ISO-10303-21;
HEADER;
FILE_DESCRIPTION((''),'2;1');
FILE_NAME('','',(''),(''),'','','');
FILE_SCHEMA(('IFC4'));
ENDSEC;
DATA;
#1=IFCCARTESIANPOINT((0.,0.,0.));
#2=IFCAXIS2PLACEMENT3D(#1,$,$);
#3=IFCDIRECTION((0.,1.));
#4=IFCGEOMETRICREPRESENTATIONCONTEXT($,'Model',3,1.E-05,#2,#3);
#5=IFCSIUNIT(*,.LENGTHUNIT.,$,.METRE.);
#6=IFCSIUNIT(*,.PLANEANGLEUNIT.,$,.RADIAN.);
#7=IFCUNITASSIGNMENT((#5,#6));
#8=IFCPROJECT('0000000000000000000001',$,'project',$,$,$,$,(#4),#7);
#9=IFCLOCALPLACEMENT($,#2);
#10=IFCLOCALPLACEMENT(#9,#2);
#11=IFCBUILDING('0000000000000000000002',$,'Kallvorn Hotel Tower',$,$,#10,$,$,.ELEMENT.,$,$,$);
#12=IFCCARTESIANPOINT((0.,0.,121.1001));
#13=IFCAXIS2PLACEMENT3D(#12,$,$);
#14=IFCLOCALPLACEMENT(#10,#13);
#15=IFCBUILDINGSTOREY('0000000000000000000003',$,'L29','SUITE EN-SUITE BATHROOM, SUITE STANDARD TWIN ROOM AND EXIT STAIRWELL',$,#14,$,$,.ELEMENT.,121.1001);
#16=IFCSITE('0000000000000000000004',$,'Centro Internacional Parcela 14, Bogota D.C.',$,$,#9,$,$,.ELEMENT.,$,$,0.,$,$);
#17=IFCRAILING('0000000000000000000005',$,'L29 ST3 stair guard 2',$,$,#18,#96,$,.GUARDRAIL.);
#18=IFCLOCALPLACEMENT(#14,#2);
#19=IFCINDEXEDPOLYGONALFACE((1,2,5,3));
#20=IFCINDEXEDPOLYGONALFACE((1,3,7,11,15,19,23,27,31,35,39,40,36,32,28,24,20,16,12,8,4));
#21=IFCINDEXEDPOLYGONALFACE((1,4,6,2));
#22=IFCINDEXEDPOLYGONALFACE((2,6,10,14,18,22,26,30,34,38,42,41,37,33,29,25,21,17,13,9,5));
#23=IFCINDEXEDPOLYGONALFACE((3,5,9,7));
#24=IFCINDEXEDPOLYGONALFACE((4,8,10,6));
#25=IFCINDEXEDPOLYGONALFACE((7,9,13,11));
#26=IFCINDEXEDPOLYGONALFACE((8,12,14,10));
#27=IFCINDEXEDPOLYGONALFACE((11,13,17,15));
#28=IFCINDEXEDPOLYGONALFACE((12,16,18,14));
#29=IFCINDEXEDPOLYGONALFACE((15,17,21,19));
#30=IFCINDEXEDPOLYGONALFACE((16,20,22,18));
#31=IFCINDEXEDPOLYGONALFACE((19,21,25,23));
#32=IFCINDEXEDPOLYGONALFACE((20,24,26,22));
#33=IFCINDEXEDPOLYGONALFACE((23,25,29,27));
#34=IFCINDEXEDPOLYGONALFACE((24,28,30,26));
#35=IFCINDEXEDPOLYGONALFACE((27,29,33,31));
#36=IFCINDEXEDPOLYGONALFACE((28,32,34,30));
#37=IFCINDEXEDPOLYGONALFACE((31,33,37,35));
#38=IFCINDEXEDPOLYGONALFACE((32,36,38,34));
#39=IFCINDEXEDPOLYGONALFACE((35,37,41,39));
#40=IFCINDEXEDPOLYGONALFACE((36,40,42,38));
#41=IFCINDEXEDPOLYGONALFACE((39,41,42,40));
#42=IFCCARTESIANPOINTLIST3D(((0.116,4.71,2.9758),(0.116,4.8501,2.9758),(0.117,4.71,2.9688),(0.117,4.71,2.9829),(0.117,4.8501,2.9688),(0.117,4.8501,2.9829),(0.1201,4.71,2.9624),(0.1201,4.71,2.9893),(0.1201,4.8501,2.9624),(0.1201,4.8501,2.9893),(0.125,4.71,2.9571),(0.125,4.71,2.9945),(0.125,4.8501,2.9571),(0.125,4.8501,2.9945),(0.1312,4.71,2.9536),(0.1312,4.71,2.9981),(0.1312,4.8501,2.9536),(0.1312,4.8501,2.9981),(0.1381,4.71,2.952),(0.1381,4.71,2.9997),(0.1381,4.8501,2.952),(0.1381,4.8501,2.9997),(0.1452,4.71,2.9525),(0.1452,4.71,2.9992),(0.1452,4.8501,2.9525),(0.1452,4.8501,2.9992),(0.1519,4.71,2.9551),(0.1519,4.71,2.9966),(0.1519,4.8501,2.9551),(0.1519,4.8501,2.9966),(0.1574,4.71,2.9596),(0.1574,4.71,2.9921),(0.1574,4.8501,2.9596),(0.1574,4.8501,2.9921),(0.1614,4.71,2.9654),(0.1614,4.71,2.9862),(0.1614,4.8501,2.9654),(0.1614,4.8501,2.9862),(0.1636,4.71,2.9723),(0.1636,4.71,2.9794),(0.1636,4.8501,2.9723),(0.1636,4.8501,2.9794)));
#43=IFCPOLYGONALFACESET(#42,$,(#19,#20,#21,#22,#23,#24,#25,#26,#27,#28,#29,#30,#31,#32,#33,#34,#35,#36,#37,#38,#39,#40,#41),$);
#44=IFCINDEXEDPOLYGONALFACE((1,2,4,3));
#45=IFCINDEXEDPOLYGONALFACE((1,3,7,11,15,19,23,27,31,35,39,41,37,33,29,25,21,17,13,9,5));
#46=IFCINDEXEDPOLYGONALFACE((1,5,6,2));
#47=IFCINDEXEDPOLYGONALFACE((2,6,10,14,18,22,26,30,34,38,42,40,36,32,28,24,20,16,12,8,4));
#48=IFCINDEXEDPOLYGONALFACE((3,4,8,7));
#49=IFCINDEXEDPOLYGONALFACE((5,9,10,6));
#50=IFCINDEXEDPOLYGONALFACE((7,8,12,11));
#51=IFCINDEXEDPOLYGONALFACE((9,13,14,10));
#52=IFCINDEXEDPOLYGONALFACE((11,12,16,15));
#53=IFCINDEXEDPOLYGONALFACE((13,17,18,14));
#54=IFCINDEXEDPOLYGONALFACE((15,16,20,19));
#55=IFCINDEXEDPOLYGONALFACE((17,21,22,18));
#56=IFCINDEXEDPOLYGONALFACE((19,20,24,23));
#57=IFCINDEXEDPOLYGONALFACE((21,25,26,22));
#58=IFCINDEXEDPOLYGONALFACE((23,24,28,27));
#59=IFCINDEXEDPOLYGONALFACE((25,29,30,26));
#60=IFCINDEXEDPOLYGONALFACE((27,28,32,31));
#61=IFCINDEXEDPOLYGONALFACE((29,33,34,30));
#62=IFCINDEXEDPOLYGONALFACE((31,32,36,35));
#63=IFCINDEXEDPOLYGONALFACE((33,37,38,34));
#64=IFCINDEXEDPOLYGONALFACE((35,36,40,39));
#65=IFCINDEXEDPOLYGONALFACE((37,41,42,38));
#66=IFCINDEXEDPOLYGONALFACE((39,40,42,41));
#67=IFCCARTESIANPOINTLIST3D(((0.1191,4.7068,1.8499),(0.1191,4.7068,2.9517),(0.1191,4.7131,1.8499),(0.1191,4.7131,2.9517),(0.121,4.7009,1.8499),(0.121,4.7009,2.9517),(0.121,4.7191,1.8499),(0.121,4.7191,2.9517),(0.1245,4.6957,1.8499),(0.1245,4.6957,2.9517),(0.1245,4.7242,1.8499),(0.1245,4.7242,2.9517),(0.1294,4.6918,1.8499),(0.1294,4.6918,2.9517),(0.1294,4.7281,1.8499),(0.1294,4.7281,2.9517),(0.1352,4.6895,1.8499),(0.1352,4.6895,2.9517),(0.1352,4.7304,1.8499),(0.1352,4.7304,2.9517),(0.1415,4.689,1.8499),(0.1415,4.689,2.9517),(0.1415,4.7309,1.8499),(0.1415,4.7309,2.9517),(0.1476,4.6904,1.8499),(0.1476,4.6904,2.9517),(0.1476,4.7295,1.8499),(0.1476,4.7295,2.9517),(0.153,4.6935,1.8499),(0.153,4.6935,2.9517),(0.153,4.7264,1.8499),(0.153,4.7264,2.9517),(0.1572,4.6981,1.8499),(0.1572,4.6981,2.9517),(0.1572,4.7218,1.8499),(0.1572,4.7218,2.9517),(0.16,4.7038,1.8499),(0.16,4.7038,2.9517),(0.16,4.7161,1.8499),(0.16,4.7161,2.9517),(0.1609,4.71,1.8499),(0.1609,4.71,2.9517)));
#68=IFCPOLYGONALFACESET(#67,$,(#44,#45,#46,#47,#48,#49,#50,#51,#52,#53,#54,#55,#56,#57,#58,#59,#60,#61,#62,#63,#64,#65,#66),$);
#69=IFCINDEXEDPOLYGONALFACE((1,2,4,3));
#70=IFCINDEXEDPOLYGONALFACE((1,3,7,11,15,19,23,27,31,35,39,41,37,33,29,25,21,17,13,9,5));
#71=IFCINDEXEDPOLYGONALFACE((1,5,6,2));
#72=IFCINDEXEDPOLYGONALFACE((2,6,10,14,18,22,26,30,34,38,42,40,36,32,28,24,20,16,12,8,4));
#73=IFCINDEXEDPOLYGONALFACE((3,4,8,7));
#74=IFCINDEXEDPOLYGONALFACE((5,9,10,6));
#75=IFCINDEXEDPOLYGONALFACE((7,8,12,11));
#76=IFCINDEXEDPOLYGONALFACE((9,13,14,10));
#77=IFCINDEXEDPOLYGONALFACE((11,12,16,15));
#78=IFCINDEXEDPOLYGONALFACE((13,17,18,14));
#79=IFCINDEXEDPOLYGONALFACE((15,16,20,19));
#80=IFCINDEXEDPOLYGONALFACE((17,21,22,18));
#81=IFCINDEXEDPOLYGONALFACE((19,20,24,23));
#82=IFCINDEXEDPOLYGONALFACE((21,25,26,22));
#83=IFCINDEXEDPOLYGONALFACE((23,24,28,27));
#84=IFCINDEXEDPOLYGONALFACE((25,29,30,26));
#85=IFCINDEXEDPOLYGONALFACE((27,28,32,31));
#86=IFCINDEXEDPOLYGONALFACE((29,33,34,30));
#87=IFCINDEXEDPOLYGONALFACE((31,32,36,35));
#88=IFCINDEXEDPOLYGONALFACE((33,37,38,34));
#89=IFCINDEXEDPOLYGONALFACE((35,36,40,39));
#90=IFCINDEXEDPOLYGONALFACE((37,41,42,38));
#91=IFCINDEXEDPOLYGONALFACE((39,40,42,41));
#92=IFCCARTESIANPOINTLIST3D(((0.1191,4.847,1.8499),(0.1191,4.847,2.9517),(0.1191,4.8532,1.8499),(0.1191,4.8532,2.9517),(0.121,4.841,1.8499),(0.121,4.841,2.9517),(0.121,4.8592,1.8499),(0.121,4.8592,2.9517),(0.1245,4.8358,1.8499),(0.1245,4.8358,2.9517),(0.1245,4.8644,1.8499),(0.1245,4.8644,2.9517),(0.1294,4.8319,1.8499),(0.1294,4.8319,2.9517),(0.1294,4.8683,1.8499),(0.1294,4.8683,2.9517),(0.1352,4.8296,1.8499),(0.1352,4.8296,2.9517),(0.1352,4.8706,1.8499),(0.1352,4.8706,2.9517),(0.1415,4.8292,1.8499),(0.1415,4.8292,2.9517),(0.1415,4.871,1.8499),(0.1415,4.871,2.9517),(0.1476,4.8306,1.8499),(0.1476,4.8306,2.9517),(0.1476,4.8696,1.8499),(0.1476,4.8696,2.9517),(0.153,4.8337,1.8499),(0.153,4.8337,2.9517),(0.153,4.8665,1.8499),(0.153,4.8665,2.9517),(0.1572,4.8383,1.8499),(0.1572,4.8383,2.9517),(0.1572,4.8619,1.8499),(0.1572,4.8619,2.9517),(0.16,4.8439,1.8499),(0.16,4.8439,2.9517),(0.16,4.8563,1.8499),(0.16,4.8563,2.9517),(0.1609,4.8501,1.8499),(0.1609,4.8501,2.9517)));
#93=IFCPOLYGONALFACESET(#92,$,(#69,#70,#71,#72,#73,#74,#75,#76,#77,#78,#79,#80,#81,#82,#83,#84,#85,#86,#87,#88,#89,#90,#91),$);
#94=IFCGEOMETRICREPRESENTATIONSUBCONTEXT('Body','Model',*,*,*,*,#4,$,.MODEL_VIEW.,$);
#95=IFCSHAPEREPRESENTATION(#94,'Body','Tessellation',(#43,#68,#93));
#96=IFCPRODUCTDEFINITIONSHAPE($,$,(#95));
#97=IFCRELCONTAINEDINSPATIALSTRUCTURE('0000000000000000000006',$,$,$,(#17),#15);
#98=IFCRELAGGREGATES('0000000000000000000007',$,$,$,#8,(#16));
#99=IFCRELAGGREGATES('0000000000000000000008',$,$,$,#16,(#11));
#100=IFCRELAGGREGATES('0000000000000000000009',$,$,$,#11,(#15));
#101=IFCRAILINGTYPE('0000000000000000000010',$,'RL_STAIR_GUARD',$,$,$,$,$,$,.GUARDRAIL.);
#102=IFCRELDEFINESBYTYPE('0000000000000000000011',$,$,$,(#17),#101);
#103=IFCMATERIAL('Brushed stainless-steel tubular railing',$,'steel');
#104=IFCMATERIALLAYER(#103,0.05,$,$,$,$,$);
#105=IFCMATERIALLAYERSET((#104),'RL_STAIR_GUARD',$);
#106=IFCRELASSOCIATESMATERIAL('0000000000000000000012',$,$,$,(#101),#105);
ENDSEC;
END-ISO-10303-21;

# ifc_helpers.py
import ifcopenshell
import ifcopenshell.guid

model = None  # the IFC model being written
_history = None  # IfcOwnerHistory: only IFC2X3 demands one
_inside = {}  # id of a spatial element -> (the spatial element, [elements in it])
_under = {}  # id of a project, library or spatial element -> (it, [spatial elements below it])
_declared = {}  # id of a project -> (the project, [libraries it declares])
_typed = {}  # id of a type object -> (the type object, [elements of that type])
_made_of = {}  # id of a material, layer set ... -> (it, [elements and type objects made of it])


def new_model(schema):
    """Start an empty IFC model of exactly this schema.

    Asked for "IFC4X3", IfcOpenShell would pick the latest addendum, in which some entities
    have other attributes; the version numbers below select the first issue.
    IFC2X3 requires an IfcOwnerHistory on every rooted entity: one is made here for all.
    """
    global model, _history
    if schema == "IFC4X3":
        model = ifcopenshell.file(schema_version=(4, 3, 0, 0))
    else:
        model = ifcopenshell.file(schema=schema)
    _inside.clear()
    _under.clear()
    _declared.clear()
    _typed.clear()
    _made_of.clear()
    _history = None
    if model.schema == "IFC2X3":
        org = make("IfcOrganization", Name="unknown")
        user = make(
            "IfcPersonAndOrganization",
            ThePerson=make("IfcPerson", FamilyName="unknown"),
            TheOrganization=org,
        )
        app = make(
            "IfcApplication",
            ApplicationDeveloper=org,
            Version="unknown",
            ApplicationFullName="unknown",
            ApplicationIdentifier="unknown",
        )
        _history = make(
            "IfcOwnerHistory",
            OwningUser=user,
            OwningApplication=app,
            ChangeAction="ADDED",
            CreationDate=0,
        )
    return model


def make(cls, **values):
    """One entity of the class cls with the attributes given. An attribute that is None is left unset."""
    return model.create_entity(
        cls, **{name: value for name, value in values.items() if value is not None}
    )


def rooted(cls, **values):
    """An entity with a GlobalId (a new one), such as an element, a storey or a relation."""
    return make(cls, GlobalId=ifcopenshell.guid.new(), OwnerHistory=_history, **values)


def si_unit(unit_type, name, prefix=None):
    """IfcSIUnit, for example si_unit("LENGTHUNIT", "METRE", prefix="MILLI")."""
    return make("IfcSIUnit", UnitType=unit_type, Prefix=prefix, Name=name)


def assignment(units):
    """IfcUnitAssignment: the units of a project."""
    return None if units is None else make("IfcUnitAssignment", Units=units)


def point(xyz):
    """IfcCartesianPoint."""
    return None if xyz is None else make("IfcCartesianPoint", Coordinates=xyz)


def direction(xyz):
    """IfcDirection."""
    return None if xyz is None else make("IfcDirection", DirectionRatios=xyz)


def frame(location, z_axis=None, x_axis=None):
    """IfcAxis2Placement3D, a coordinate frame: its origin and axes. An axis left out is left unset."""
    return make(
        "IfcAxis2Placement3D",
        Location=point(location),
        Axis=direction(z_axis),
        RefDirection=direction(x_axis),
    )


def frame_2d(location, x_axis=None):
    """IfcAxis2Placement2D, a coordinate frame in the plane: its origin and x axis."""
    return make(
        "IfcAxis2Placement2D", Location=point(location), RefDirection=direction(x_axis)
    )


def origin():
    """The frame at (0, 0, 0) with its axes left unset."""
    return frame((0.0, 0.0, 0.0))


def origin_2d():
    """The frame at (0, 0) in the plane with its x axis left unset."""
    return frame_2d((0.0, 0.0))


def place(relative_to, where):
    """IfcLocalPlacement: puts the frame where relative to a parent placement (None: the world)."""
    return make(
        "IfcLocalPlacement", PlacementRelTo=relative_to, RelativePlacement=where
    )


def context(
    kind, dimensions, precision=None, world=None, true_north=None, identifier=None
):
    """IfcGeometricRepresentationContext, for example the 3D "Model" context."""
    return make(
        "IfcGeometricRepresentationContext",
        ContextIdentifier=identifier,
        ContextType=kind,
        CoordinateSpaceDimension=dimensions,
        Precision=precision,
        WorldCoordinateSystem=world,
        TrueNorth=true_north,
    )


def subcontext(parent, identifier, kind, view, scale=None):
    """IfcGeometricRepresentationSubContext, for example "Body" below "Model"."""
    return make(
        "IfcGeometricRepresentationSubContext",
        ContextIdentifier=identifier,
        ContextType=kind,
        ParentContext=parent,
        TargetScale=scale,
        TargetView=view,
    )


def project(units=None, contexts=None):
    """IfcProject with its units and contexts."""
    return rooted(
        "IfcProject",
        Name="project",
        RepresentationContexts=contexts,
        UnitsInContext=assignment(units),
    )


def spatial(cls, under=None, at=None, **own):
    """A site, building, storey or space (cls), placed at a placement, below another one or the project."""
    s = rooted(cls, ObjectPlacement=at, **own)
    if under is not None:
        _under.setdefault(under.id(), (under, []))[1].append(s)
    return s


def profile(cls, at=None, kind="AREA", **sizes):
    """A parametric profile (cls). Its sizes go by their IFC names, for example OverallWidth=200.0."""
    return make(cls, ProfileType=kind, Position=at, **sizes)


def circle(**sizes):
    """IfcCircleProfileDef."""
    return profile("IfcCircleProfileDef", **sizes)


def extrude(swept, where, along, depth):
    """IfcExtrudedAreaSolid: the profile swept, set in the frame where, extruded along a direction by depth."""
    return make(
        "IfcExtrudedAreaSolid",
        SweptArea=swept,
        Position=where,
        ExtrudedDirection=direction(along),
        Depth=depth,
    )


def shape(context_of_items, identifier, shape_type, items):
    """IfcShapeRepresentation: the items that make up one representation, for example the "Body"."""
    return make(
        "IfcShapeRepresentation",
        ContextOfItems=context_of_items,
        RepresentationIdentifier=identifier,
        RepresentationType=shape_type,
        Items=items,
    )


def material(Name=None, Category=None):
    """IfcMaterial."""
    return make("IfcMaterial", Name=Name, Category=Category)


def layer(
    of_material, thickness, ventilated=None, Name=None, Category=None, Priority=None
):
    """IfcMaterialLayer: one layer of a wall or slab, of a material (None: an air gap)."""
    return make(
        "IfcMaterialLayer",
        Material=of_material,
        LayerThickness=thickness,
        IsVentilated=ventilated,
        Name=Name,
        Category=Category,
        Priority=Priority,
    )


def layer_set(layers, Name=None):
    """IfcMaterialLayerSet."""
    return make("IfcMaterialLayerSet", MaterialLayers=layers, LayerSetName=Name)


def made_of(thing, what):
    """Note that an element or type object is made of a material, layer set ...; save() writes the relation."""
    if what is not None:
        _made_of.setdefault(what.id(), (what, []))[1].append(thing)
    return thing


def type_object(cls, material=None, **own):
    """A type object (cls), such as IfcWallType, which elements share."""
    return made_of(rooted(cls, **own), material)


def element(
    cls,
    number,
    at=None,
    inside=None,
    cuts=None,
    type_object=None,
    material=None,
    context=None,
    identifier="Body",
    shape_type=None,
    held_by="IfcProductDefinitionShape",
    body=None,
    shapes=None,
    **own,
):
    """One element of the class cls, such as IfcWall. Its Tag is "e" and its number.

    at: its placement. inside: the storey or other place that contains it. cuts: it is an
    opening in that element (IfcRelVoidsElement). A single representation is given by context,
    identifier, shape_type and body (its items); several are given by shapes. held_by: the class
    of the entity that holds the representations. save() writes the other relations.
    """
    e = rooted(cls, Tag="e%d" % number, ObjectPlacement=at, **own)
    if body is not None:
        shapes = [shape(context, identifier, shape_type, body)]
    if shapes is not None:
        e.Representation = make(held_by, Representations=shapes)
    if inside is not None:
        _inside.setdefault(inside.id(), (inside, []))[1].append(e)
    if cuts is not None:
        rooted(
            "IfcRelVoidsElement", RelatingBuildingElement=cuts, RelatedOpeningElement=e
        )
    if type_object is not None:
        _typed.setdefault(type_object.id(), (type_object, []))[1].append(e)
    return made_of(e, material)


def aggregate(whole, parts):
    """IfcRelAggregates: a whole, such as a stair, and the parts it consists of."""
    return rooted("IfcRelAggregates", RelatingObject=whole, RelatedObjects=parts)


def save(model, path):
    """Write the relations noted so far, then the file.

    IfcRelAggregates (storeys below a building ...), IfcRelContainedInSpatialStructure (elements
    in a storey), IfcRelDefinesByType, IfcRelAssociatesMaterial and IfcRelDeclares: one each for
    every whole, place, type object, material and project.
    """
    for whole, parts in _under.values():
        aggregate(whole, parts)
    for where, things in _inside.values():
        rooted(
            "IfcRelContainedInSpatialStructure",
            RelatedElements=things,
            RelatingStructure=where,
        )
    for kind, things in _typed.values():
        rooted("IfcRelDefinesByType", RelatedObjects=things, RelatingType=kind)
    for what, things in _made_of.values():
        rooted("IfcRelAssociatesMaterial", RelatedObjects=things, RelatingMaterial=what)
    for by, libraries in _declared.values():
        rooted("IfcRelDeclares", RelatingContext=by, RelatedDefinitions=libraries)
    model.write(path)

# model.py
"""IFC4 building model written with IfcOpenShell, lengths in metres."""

from ifc_helpers import new_model, si_unit, direction, frame, origin, origin_2d, place, context, subcontext, project, spatial, circle, extrude, material, layer, layer_set, type_object, element, save


model = new_model("IFC4")

# Units and contexts
model_context = context("Model", 3, precision=1e-05, world=origin(), true_north=direction((0.0, 1.0)))
body_context = subcontext(model_context, "Body", "Model", "MODEL_VIEW")
ifc_project = project(units=[si_unit("LENGTHUNIT", "METRE"), si_unit("PLANEANGLEUNIT", "RADIAN")], contexts=[model_context])

# Site, building, storey
site_placement = place(None, origin())
site = spatial("IfcSite", under=ifc_project, at=site_placement, Name="Centro Internacional Parcela 14, Bogota D.C.", CompositionType="ELEMENT", RefElevation=0.0)
building_placement = place(site_placement, origin())
building = spatial("IfcBuilding", under=site, at=building_placement, Name="Kallvorn Hotel Tower", CompositionType="ELEMENT")
storey_placement = place(building_placement, frame((0.0, 0.0, 121.1001)))
storey = spatial("IfcBuildingStorey", under=building, at=storey_placement, Name="L29", Description="SUITE EN-SUITE BATHROOM, SUITE STANDARD TWIN ROOM AND EXIT STAIRWELL", CompositionType="ELEMENT", Elevation=121.1001)

# Railing
ifc_material_1 = material(Name="Brushed stainless-steel tubular railing", Category="steel")
ifc_layer_1 = layer(ifc_material_1, 0.05)
ifc_layer_set_1 = layer_set([ifc_layer_1], Name="RL_STAIR_GUARD")
railing_type_1 = type_object("IfcRailingType", Name="RL_STAIR_GUARD", PredefinedType="GUARDRAIL", material=ifc_layer_set_1)
railing_1_placement = place(storey_placement, frame((0.1399, 4.71, 1.8499)))
element("IfcRailing", 1, at=railing_1_placement, inside=storey, type_object=railing_type_1, Name="L29 ST3 stair guard 2", PredefinedType="GUARDRAIL", context=body_context, shape_type="SweptSolid", body=[
    extrude(circle(Radius=0.0239, at=origin_2d()), frame((0.0, 0.0, 1.126), z_axis=(0.0, 1.0, 0.0), x_axis=(-1.0, 0.0, 0.0)), (0.0, 0.0, 1.0), 0.1401),
    extrude(circle(Radius=0.021, at=origin_2d()), origin(), (0.0, 0.0, 1.0), 1.1018),
    extrude(circle(Radius=0.021, at=origin_2d()), frame((0.0, 0.1401, 0.0)), (0.0, 0.0, 1.0), 1.1018),
])

save(model, "model.ifc")
